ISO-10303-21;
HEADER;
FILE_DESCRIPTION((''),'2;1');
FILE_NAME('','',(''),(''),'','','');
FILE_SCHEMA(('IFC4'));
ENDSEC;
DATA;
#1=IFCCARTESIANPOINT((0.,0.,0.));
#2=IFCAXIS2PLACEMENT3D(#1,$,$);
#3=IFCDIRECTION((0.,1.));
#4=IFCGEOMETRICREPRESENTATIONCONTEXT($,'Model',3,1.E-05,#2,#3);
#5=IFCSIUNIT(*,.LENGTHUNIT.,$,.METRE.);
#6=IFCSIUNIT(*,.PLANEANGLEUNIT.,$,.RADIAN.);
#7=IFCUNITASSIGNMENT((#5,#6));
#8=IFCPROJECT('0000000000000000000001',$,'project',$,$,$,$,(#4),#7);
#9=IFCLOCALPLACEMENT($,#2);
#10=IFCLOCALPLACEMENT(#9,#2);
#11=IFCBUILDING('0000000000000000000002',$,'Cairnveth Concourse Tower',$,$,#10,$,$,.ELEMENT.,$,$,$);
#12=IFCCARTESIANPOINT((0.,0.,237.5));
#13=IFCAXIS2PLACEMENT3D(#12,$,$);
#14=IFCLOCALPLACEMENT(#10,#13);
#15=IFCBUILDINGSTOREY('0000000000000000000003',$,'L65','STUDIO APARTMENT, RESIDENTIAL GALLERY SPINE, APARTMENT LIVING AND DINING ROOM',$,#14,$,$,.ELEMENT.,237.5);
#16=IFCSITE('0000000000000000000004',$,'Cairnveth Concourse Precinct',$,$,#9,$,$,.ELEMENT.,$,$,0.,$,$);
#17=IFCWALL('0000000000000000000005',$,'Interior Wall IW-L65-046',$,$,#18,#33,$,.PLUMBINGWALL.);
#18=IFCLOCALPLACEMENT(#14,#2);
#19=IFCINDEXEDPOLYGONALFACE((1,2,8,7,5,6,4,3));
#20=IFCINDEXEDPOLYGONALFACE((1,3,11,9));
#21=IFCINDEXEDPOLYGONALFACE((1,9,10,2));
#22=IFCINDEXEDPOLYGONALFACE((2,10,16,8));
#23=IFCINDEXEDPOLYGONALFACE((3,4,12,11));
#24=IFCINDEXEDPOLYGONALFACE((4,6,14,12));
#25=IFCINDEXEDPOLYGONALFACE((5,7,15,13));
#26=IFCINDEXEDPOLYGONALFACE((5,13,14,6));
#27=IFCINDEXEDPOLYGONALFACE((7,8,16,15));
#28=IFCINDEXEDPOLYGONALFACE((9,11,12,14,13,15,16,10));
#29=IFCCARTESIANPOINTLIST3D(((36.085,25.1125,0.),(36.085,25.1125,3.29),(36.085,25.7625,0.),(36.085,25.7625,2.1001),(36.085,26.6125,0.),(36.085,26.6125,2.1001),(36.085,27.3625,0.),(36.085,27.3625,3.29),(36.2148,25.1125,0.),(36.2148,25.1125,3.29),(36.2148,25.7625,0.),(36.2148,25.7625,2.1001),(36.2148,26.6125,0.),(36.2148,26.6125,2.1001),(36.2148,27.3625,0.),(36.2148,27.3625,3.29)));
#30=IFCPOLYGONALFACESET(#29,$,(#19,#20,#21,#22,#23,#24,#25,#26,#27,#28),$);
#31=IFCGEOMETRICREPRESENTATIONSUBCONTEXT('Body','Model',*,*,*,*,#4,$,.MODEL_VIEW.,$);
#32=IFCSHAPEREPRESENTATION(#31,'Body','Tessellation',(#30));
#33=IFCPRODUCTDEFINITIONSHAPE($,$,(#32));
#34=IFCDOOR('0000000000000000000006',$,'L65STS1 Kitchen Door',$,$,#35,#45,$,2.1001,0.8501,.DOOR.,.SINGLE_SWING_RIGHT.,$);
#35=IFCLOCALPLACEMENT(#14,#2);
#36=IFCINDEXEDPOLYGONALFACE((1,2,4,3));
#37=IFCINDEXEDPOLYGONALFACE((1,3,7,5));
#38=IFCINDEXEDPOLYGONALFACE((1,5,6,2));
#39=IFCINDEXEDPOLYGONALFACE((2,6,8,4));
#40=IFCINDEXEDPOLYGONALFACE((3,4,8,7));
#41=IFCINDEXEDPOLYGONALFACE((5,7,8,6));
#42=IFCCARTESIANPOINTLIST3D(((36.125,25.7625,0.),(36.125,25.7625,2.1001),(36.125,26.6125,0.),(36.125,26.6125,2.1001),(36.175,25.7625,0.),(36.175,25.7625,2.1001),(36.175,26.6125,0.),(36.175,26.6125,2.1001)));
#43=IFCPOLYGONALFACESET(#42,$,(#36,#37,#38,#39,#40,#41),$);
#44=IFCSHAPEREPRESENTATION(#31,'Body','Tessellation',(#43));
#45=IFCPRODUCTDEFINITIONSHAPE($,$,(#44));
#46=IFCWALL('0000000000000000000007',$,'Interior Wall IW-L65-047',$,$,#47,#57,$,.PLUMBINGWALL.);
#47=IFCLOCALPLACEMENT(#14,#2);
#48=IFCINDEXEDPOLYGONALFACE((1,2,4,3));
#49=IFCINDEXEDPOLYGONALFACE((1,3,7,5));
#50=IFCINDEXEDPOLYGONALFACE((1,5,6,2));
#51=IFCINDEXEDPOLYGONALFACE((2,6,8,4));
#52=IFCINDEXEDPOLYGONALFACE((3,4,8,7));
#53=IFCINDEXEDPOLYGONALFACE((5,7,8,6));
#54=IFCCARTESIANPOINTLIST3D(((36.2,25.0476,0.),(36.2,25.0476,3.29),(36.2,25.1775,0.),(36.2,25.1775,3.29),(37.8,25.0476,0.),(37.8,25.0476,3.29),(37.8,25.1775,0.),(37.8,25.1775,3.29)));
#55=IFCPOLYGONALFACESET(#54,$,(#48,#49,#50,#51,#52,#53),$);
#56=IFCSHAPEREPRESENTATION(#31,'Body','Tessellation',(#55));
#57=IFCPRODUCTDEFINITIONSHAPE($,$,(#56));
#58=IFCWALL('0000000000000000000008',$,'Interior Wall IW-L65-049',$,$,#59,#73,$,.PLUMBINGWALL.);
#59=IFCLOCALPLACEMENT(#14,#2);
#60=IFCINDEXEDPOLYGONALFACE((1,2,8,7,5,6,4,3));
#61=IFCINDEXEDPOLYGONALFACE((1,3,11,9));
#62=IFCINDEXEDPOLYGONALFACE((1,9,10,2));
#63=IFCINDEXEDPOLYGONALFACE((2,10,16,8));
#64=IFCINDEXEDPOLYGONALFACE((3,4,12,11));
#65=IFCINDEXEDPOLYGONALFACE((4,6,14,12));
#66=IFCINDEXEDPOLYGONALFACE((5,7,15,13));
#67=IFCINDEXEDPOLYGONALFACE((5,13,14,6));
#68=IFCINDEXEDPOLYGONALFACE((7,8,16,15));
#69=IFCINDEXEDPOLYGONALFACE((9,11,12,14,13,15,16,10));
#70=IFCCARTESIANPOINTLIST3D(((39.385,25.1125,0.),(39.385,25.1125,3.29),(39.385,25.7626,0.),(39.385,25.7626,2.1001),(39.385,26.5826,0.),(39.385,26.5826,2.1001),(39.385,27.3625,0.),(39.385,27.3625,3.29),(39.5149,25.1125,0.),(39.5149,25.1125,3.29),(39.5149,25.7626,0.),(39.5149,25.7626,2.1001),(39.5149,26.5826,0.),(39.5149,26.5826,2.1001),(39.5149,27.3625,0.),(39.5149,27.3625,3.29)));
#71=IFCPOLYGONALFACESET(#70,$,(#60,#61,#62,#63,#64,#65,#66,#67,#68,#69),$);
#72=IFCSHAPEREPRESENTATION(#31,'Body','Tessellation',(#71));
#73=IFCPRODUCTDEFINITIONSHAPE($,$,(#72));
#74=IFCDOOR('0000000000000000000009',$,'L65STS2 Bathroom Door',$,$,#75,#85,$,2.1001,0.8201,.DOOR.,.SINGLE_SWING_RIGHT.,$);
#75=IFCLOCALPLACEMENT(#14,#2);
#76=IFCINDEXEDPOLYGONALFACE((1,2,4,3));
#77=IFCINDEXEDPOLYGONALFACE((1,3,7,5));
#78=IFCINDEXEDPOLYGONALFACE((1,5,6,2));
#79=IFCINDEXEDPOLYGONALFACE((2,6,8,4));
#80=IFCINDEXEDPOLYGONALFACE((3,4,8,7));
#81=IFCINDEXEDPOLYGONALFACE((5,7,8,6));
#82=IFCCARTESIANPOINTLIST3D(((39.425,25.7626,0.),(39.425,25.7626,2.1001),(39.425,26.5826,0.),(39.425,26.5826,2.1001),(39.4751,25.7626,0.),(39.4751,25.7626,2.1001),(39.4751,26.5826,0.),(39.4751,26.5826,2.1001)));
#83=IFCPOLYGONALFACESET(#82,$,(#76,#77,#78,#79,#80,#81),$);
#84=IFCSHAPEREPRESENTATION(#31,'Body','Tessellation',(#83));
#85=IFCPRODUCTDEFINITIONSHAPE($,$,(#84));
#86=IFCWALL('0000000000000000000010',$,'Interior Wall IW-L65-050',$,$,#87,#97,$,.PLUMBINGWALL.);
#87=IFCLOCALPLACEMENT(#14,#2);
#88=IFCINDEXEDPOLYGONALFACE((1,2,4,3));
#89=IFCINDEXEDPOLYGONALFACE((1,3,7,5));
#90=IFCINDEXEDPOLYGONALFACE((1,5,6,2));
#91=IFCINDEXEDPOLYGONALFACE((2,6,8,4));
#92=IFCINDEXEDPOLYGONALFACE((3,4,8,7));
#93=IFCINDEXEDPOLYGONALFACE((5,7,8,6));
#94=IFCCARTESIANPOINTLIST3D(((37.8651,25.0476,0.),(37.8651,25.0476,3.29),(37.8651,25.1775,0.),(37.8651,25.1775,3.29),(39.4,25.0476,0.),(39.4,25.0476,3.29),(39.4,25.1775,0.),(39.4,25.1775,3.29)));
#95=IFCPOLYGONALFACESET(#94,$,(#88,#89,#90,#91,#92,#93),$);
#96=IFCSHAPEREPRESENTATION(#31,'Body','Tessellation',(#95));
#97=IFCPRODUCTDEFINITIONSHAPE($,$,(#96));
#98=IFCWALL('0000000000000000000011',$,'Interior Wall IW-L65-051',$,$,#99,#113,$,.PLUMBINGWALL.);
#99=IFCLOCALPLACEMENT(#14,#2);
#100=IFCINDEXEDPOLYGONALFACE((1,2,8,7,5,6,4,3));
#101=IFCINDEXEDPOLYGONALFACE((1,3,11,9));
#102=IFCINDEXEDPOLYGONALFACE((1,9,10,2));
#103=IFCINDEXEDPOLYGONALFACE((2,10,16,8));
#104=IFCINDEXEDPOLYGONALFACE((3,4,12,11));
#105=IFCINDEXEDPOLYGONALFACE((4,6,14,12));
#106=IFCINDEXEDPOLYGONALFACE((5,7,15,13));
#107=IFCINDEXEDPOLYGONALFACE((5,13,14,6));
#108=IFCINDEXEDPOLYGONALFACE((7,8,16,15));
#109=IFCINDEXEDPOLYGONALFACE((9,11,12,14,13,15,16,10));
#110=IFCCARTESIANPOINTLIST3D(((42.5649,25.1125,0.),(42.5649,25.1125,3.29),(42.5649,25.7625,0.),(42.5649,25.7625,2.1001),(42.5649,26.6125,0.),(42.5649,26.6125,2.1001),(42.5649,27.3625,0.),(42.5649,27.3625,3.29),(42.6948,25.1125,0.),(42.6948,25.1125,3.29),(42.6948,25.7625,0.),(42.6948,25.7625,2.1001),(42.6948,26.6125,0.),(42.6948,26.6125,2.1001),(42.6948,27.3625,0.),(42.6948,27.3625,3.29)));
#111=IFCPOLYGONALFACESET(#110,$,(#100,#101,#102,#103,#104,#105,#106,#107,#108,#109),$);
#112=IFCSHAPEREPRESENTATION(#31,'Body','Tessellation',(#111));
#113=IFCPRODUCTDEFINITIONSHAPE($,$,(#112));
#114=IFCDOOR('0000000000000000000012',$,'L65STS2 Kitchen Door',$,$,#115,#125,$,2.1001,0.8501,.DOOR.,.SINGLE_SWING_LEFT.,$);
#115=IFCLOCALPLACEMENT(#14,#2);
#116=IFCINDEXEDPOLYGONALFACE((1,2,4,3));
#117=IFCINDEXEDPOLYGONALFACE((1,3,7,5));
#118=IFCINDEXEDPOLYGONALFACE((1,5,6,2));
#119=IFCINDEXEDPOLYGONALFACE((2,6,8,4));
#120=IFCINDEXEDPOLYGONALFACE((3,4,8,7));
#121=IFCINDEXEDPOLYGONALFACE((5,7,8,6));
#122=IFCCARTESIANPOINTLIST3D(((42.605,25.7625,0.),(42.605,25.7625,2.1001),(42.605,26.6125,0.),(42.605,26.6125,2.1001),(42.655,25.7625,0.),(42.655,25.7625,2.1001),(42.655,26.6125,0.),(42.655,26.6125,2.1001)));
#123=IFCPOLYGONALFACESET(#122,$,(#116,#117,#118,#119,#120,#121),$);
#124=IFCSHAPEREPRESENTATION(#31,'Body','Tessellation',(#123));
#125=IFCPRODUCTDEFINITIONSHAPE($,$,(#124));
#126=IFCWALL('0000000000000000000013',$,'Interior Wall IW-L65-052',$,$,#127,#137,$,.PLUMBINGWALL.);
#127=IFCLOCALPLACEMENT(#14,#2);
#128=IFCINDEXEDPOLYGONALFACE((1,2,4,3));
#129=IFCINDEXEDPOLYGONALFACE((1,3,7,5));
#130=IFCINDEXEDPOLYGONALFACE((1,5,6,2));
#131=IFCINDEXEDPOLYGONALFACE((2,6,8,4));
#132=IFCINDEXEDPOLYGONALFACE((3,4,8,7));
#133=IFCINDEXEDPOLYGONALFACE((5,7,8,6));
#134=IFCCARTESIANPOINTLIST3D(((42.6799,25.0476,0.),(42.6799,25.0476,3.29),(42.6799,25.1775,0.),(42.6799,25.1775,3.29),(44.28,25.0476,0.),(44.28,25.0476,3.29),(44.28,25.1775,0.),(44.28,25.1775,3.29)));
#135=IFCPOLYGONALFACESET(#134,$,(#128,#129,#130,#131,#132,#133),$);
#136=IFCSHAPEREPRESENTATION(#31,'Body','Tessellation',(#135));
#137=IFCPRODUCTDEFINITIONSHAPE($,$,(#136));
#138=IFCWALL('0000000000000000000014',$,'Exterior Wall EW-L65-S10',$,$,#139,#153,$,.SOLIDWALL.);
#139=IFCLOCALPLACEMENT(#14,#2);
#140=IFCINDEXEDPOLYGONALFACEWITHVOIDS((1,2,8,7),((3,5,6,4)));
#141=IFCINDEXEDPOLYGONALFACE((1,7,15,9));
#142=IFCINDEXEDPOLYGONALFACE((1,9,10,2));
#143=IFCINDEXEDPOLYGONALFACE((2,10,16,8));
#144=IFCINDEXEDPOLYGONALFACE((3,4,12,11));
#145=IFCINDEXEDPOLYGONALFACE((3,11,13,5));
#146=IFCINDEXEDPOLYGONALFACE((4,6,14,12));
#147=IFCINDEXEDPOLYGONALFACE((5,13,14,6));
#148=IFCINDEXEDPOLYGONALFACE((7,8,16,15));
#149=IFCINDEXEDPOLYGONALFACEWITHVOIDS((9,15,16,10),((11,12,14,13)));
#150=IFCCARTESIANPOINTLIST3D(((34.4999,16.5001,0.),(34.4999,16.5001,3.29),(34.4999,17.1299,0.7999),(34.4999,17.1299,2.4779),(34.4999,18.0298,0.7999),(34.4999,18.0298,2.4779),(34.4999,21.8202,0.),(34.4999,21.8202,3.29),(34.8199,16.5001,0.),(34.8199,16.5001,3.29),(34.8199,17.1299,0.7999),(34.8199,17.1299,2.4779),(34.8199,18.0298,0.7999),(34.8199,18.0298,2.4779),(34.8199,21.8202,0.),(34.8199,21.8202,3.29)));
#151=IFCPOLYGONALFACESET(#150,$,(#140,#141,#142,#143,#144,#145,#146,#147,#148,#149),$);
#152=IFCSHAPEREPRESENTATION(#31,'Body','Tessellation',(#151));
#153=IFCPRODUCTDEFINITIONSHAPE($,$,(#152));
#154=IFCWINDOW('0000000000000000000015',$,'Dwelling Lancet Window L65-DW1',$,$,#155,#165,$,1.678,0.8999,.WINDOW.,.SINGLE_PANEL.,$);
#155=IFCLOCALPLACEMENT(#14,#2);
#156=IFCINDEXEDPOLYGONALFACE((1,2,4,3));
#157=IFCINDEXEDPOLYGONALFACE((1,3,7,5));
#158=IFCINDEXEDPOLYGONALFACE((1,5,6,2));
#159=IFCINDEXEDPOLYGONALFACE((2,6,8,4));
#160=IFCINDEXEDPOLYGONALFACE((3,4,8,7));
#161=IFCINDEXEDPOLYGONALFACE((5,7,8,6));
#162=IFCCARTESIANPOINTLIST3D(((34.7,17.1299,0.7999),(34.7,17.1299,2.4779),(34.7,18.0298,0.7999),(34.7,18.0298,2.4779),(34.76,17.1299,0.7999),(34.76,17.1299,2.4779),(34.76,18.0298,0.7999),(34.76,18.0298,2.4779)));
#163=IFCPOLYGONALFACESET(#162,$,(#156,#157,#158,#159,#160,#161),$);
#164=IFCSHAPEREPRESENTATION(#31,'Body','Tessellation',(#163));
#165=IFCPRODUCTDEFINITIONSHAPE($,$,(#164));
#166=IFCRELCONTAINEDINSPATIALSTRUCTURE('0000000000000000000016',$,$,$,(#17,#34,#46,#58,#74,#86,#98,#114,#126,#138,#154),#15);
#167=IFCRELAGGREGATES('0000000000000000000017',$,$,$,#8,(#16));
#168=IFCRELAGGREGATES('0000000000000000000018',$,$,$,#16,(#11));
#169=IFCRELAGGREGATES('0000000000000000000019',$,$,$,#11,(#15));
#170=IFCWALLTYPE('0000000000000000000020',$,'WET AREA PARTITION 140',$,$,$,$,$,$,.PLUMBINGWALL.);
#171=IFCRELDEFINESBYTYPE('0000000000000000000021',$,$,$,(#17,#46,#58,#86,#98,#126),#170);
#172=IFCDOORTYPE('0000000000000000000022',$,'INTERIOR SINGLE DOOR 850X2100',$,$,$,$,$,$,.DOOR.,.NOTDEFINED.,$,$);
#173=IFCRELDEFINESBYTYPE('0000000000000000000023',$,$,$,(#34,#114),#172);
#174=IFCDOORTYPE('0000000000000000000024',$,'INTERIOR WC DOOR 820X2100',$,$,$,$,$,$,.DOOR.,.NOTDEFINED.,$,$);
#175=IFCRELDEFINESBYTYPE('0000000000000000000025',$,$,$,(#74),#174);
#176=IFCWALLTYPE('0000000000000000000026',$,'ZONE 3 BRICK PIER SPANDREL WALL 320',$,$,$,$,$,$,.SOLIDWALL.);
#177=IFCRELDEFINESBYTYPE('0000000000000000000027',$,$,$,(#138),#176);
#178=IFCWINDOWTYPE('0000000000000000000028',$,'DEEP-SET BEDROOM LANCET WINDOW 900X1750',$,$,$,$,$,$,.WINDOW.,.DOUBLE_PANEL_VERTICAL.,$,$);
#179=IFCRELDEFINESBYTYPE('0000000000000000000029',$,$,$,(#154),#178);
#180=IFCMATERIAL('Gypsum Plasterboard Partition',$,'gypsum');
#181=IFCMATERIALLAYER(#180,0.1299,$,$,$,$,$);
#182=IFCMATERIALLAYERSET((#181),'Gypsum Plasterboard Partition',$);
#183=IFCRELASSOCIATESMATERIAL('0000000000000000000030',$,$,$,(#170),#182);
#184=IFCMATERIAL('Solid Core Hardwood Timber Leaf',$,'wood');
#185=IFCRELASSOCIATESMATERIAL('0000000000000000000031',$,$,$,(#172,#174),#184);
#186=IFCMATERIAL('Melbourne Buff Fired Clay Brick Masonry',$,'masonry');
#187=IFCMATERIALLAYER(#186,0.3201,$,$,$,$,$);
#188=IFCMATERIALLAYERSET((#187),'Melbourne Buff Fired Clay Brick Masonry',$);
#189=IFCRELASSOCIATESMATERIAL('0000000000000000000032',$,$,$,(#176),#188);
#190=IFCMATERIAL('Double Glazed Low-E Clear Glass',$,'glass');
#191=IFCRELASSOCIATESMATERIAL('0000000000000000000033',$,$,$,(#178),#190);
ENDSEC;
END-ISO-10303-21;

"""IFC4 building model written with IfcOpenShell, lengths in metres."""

from ifc_helpers import new_model, si_unit, direction, frame, frame_2d, origin, place, context, subcontext, project, spatial, rectangle, extrude, material, layer, layer_set, type_object, element, fill, save


model = new_model("IFC4")

# Units and contexts
model_context = context("Model", 3, precision=1e-05, world=origin(), true_north=direction((0.0, 1.0)))
body_context = subcontext(model_context, "Body", "Model", "MODEL_VIEW")
ifc_project = project(units=[si_unit("LENGTHUNIT", "METRE"), si_unit("PLANEANGLEUNIT", "RADIAN")], contexts=[model_context])

# Site, building, storey
site_placement = place(None, origin())
site = spatial("IfcSite", under=ifc_project, at=site_placement, Name="Cairnveth Concourse Precinct", CompositionType="ELEMENT", RefElevation=0.0)
building_placement = place(site_placement, origin())
building = spatial("IfcBuilding", under=site, at=building_placement, Name="Cairnveth Concourse Tower", CompositionType="ELEMENT")
storey_placement = place(building_placement, frame((0.0, 0.0, 237.5)))
storey = spatial("IfcBuildingStorey", under=building, at=storey_placement, Name="L65", Description="STUDIO APARTMENT, RESIDENTIAL GALLERY SPINE, APARTMENT LIVING AND DINING ROOM", CompositionType="ELEMENT", Elevation=237.5)

# Shared definitions
ifc_material_1 = material(Name="Gypsum Plasterboard Partition", Category="gypsum")

# Wall, opening, door
ifc_layer_1 = layer(ifc_material_1, 0.1299)
ifc_layer_set_1 = layer_set([ifc_layer_1], Name="Gypsum Plasterboard Partition")
wall_type_1 = type_object("IfcWallType", Name="WET AREA PARTITION 140", PredefinedType="PLUMBINGWALL", material=ifc_layer_set_1)
wall_1_placement = place(storey_placement, frame((36.1499, 25.1125, 0.0), z_axis=(0.0, 0.0, 1.0), x_axis=(0.0, 1.0, 0.0)))
wall_1 = element("IfcWall", 1, at=wall_1_placement, inside=storey, type_object=wall_type_1, Name="Interior Wall IW-L65-046", PredefinedType="PLUMBINGWALL", context=body_context, shape_type="SweptSolid", body=[
    extrude(rectangle(XDim=2.25, YDim=0.1299, at=frame_2d((1.125, 0.0))), origin(), (0.0, 0.0, 1.0), 3.29),
])
opening_1_placement = place(wall_1_placement, frame((0.6499, 0.0, 0.0)))
opening_1 = element("IfcOpeningElement", 2, at=opening_1_placement, cuts=wall_1, PredefinedType="OPENING", context=body_context, shape_type="SweptSolid", body=[
    extrude(rectangle(XDim=0.8501, YDim=2.1001, at=frame_2d((0.425, 1.05))), frame((0.0, 0.075, 0.0), z_axis=(0.0, -1.0, 0.0), x_axis=(1.0, 0.0, 0.0)), (0.0, 0.0, 1.0), 0.1499),
])
ifc_material_2 = material(Name="Solid Core Hardwood Timber Leaf", Category="wood")
door_type_1 = type_object("IfcDoorType", Name="INTERIOR SINGLE DOOR 850X2100", OperationType="NOTDEFINED", PredefinedType="DOOR", material=ifc_material_2)
door_1_placement = place(opening_1_placement, origin())
door_1 = element("IfcDoor", 3, at=door_1_placement, inside=storey, type_object=door_type_1, Name="L65STS1 Kitchen Door", OperationType="SINGLE_SWING_RIGHT", OverallHeight=2.1001, OverallWidth=0.8501, PredefinedType="DOOR", context=body_context, shape_type="SweptSolid", body=[
    extrude(rectangle(XDim=0.8501, YDim=2.1001, at=frame_2d((0.425, 1.05))), frame((0.0, 0.0249, 0.0), z_axis=(0.0, -1.0, 0.0), x_axis=(1.0, 0.0, 0.0)), (0.0, 0.0, 1.0), 0.05),
])
fill(opening_1, door_1)

# Wall
wall_2_placement = place(storey_placement, frame((36.2, 25.1125, 0.0), z_axis=(0.0, 0.0, 1.0), x_axis=(1.0, 0.0, 0.0)))
element("IfcWall", 4, at=wall_2_placement, inside=storey, type_object=wall_type_1, Name="Interior Wall IW-L65-047", PredefinedType="PLUMBINGWALL", context=body_context, shape_type="SweptSolid", body=[
    extrude(rectangle(XDim=1.6001, YDim=0.1299, at=frame_2d((0.8, 0.0))), origin(), (0.0, 0.0, 1.0), 3.29),
])

# Wall, opening, door
wall_3_placement = place(storey_placement, frame((39.45, 25.1125, 0.0), z_axis=(0.0, 0.0, 1.0), x_axis=(0.0, 1.0, 0.0)))
wall_3 = element("IfcWall", 5, at=wall_3_placement, inside=storey, type_object=wall_type_1, Name="Interior Wall IW-L65-049", PredefinedType="PLUMBINGWALL", context=body_context, shape_type="SweptSolid", body=[
    extrude(rectangle(XDim=2.25, YDim=0.1299, at=frame_2d((1.125, 0.0))), origin(), (0.0, 0.0, 1.0), 3.29),
])
opening_2_placement = place(wall_3_placement, frame((0.6499, 0.0, 0.0)))
opening_2 = element("IfcOpeningElement", 6, at=opening_2_placement, cuts=wall_3, PredefinedType="OPENING", context=body_context, shape_type="SweptSolid", body=[
    extrude(rectangle(XDim=0.8201, YDim=2.1001, at=frame_2d((0.4102, 1.05))), frame((0.0, 0.075, 0.0), z_axis=(0.0, -1.0, 0.0), x_axis=(1.0, 0.0, 0.0)), (0.0, 0.0, 1.0), 0.1499),
])
door_type_2 = type_object("IfcDoorType", Name="INTERIOR WC DOOR 820X2100", OperationType="NOTDEFINED", PredefinedType="DOOR", material=ifc_material_2)
door_2_placement = place(opening_2_placement, origin())
door_2 = element("IfcDoor", 7, at=door_2_placement, inside=storey, type_object=door_type_2, Name="L65STS2 Bathroom Door", OperationType="SINGLE_SWING_RIGHT", OverallHeight=2.1001, OverallWidth=0.8201, PredefinedType="DOOR", context=body_context, shape_type="SweptSolid", body=[
    extrude(rectangle(XDim=0.8201, YDim=2.1001, at=frame_2d((0.4102, 1.05))), frame((0.0, 0.0249, 0.0), z_axis=(0.0, -1.0, 0.0), x_axis=(1.0, 0.0, 0.0)), (0.0, 0.0, 1.0), 0.05),
])
fill(opening_2, door_2)

# Wall
wall_4_placement = place(storey_placement, frame((37.865, 25.1125, 0.0), z_axis=(0.0, 0.0, 1.0), x_axis=(1.0, 0.0, 0.0)))
element("IfcWall", 8, at=wall_4_placement, inside=storey, type_object=wall_type_1, Name="Interior Wall IW-L65-050", PredefinedType="PLUMBINGWALL", context=body_context, shape_type="SweptSolid", body=[
    extrude(rectangle(XDim=1.5349, YDim=0.1299, at=frame_2d((0.7676, 0.0))), origin(), (0.0, 0.0, 1.0), 3.29),
])

# Wall, opening, door
wall_5_placement = place(storey_placement, frame((42.6299, 25.1125, 0.0), z_axis=(0.0, 0.0, 1.0), x_axis=(0.0, 1.0, 0.0)))
wall_5 = element("IfcWall", 9, at=wall_5_placement, inside=storey, type_object=wall_type_1, Name="Interior Wall IW-L65-051", PredefinedType="PLUMBINGWALL", context=body_context, shape_type="SweptSolid", body=[
    extrude(rectangle(XDim=2.25, YDim=0.1299, at=frame_2d((1.125, 0.0))), origin(), (0.0, 0.0, 1.0), 3.29),
])
opening_3_placement = place(wall_5_placement, frame((0.6499, 0.0, 0.0)))
opening_3 = element("IfcOpeningElement", 10, at=opening_3_placement, cuts=wall_5, PredefinedType="OPENING", context=body_context, shape_type="SweptSolid", body=[
    extrude(rectangle(XDim=0.8501, YDim=2.1001, at=frame_2d((0.425, 1.05))), frame((0.0, 0.075, 0.0), z_axis=(0.0, -1.0, 0.0), x_axis=(1.0, 0.0, 0.0)), (0.0, 0.0, 1.0), 0.1499),
])
door_3_placement = place(opening_3_placement, origin())
door_3 = element("IfcDoor", 11, at=door_3_placement, inside=storey, type_object=door_type_1, Name="L65STS2 Kitchen Door", OperationType="SINGLE_SWING_LEFT", OverallHeight=2.1001, OverallWidth=0.8501, PredefinedType="DOOR", context=body_context, shape_type="SweptSolid", body=[
    extrude(rectangle(XDim=0.8501, YDim=2.1001, at=frame_2d((0.425, 1.05))), frame((0.0, 0.0249, 0.0), z_axis=(0.0, -1.0, 0.0), x_axis=(1.0, 0.0, 0.0)), (0.0, 0.0, 1.0), 0.05),
])
fill(opening_3, door_3)

# Wall
wall_6_placement = place(storey_placement, frame((42.6799, 25.1125, 0.0), z_axis=(0.0, 0.0, 1.0), x_axis=(1.0, 0.0, 0.0)))
element("IfcWall", 12, at=wall_6_placement, inside=storey, type_object=wall_type_1, Name="Interior Wall IW-L65-052", PredefinedType="PLUMBINGWALL", context=body_context, shape_type="SweptSolid", body=[
    extrude(rectangle(XDim=1.6001, YDim=0.1299, at=frame_2d((0.8, 0.0))), origin(), (0.0, 0.0, 1.0), 3.29),
])

# Wall, opening, window
ifc_material_3 = material(Name="Melbourne Buff Fired Clay Brick Masonry", Category="masonry")
ifc_layer_2 = layer(ifc_material_3, 0.3201)
ifc_layer_set_2 = layer_set([ifc_layer_2], Name="Melbourne Buff Fired Clay Brick Masonry")
wall_type_2 = type_object("IfcWallType", Name="ZONE 3 BRICK PIER SPANDREL WALL 320", PredefinedType="SOLIDWALL", material=ifc_layer_set_2)
wall_7_placement = place(storey_placement, frame((34.6599, 16.5, 0.0), z_axis=(0.0, 0.0, 1.0), x_axis=(0.0, 1.0, 0.0)))
wall_7 = element("IfcWall", 13, at=wall_7_placement, inside=storey, type_object=wall_type_2, Name="Exterior Wall EW-L65-S10", PredefinedType="SOLIDWALL", context=body_context, shape_type="SweptSolid", body=[
    extrude(rectangle(XDim=5.3201, YDim=0.3201, at=frame_2d((2.6602, 0.0))), origin(), (0.0, 0.0, 1.0), 3.29),
])
opening_4_placement = place(wall_7_placement, frame((0.6299, 0.0, 0.8)))
opening_4 = element("IfcOpeningElement", 14, at=opening_4_placement, cuts=wall_7, PredefinedType="OPENING", context=body_context, shape_type="SweptSolid", body=[
    extrude(rectangle(XDim=0.8999, YDim=1.678, at=frame_2d((0.45, 0.8389))), frame((0.0, 0.1699, 0.0), z_axis=(0.0, -1.0, 0.0), x_axis=(1.0, 0.0, 0.0)), (0.0, 0.0, 1.0), 0.3401),
])
ifc_material_4 = material(Name="Double Glazed Low-E Clear Glass", Category="glass")
window_type = type_object("IfcWindowType", Name="DEEP-SET BEDROOM LANCET WINDOW 900X1750", PartitioningType="DOUBLE_PANEL_VERTICAL", PredefinedType="WINDOW", material=ifc_material_4)
window_placement = place(opening_4_placement, origin())
window = element("IfcWindow", 15, at=window_placement, inside=storey, type_object=window_type, Name="Dwelling Lancet Window L65-DW1", OverallHeight=1.678, OverallWidth=0.8999, PartitioningType="SINGLE_PANEL", PredefinedType="WINDOW", context=body_context, shape_type="SweptSolid", body=[
    extrude(rectangle(XDim=0.8999, YDim=1.678, at=frame_2d((0.45, 0.8389))), frame((0.0, -0.04, 0.0), z_axis=(0.0, -1.0, 0.0), x_axis=(1.0, 0.0, 0.0)), (0.0, 0.0, 1.0), 0.0601),
])
fill(opening_4, window)

save(model, "model.ifc")
